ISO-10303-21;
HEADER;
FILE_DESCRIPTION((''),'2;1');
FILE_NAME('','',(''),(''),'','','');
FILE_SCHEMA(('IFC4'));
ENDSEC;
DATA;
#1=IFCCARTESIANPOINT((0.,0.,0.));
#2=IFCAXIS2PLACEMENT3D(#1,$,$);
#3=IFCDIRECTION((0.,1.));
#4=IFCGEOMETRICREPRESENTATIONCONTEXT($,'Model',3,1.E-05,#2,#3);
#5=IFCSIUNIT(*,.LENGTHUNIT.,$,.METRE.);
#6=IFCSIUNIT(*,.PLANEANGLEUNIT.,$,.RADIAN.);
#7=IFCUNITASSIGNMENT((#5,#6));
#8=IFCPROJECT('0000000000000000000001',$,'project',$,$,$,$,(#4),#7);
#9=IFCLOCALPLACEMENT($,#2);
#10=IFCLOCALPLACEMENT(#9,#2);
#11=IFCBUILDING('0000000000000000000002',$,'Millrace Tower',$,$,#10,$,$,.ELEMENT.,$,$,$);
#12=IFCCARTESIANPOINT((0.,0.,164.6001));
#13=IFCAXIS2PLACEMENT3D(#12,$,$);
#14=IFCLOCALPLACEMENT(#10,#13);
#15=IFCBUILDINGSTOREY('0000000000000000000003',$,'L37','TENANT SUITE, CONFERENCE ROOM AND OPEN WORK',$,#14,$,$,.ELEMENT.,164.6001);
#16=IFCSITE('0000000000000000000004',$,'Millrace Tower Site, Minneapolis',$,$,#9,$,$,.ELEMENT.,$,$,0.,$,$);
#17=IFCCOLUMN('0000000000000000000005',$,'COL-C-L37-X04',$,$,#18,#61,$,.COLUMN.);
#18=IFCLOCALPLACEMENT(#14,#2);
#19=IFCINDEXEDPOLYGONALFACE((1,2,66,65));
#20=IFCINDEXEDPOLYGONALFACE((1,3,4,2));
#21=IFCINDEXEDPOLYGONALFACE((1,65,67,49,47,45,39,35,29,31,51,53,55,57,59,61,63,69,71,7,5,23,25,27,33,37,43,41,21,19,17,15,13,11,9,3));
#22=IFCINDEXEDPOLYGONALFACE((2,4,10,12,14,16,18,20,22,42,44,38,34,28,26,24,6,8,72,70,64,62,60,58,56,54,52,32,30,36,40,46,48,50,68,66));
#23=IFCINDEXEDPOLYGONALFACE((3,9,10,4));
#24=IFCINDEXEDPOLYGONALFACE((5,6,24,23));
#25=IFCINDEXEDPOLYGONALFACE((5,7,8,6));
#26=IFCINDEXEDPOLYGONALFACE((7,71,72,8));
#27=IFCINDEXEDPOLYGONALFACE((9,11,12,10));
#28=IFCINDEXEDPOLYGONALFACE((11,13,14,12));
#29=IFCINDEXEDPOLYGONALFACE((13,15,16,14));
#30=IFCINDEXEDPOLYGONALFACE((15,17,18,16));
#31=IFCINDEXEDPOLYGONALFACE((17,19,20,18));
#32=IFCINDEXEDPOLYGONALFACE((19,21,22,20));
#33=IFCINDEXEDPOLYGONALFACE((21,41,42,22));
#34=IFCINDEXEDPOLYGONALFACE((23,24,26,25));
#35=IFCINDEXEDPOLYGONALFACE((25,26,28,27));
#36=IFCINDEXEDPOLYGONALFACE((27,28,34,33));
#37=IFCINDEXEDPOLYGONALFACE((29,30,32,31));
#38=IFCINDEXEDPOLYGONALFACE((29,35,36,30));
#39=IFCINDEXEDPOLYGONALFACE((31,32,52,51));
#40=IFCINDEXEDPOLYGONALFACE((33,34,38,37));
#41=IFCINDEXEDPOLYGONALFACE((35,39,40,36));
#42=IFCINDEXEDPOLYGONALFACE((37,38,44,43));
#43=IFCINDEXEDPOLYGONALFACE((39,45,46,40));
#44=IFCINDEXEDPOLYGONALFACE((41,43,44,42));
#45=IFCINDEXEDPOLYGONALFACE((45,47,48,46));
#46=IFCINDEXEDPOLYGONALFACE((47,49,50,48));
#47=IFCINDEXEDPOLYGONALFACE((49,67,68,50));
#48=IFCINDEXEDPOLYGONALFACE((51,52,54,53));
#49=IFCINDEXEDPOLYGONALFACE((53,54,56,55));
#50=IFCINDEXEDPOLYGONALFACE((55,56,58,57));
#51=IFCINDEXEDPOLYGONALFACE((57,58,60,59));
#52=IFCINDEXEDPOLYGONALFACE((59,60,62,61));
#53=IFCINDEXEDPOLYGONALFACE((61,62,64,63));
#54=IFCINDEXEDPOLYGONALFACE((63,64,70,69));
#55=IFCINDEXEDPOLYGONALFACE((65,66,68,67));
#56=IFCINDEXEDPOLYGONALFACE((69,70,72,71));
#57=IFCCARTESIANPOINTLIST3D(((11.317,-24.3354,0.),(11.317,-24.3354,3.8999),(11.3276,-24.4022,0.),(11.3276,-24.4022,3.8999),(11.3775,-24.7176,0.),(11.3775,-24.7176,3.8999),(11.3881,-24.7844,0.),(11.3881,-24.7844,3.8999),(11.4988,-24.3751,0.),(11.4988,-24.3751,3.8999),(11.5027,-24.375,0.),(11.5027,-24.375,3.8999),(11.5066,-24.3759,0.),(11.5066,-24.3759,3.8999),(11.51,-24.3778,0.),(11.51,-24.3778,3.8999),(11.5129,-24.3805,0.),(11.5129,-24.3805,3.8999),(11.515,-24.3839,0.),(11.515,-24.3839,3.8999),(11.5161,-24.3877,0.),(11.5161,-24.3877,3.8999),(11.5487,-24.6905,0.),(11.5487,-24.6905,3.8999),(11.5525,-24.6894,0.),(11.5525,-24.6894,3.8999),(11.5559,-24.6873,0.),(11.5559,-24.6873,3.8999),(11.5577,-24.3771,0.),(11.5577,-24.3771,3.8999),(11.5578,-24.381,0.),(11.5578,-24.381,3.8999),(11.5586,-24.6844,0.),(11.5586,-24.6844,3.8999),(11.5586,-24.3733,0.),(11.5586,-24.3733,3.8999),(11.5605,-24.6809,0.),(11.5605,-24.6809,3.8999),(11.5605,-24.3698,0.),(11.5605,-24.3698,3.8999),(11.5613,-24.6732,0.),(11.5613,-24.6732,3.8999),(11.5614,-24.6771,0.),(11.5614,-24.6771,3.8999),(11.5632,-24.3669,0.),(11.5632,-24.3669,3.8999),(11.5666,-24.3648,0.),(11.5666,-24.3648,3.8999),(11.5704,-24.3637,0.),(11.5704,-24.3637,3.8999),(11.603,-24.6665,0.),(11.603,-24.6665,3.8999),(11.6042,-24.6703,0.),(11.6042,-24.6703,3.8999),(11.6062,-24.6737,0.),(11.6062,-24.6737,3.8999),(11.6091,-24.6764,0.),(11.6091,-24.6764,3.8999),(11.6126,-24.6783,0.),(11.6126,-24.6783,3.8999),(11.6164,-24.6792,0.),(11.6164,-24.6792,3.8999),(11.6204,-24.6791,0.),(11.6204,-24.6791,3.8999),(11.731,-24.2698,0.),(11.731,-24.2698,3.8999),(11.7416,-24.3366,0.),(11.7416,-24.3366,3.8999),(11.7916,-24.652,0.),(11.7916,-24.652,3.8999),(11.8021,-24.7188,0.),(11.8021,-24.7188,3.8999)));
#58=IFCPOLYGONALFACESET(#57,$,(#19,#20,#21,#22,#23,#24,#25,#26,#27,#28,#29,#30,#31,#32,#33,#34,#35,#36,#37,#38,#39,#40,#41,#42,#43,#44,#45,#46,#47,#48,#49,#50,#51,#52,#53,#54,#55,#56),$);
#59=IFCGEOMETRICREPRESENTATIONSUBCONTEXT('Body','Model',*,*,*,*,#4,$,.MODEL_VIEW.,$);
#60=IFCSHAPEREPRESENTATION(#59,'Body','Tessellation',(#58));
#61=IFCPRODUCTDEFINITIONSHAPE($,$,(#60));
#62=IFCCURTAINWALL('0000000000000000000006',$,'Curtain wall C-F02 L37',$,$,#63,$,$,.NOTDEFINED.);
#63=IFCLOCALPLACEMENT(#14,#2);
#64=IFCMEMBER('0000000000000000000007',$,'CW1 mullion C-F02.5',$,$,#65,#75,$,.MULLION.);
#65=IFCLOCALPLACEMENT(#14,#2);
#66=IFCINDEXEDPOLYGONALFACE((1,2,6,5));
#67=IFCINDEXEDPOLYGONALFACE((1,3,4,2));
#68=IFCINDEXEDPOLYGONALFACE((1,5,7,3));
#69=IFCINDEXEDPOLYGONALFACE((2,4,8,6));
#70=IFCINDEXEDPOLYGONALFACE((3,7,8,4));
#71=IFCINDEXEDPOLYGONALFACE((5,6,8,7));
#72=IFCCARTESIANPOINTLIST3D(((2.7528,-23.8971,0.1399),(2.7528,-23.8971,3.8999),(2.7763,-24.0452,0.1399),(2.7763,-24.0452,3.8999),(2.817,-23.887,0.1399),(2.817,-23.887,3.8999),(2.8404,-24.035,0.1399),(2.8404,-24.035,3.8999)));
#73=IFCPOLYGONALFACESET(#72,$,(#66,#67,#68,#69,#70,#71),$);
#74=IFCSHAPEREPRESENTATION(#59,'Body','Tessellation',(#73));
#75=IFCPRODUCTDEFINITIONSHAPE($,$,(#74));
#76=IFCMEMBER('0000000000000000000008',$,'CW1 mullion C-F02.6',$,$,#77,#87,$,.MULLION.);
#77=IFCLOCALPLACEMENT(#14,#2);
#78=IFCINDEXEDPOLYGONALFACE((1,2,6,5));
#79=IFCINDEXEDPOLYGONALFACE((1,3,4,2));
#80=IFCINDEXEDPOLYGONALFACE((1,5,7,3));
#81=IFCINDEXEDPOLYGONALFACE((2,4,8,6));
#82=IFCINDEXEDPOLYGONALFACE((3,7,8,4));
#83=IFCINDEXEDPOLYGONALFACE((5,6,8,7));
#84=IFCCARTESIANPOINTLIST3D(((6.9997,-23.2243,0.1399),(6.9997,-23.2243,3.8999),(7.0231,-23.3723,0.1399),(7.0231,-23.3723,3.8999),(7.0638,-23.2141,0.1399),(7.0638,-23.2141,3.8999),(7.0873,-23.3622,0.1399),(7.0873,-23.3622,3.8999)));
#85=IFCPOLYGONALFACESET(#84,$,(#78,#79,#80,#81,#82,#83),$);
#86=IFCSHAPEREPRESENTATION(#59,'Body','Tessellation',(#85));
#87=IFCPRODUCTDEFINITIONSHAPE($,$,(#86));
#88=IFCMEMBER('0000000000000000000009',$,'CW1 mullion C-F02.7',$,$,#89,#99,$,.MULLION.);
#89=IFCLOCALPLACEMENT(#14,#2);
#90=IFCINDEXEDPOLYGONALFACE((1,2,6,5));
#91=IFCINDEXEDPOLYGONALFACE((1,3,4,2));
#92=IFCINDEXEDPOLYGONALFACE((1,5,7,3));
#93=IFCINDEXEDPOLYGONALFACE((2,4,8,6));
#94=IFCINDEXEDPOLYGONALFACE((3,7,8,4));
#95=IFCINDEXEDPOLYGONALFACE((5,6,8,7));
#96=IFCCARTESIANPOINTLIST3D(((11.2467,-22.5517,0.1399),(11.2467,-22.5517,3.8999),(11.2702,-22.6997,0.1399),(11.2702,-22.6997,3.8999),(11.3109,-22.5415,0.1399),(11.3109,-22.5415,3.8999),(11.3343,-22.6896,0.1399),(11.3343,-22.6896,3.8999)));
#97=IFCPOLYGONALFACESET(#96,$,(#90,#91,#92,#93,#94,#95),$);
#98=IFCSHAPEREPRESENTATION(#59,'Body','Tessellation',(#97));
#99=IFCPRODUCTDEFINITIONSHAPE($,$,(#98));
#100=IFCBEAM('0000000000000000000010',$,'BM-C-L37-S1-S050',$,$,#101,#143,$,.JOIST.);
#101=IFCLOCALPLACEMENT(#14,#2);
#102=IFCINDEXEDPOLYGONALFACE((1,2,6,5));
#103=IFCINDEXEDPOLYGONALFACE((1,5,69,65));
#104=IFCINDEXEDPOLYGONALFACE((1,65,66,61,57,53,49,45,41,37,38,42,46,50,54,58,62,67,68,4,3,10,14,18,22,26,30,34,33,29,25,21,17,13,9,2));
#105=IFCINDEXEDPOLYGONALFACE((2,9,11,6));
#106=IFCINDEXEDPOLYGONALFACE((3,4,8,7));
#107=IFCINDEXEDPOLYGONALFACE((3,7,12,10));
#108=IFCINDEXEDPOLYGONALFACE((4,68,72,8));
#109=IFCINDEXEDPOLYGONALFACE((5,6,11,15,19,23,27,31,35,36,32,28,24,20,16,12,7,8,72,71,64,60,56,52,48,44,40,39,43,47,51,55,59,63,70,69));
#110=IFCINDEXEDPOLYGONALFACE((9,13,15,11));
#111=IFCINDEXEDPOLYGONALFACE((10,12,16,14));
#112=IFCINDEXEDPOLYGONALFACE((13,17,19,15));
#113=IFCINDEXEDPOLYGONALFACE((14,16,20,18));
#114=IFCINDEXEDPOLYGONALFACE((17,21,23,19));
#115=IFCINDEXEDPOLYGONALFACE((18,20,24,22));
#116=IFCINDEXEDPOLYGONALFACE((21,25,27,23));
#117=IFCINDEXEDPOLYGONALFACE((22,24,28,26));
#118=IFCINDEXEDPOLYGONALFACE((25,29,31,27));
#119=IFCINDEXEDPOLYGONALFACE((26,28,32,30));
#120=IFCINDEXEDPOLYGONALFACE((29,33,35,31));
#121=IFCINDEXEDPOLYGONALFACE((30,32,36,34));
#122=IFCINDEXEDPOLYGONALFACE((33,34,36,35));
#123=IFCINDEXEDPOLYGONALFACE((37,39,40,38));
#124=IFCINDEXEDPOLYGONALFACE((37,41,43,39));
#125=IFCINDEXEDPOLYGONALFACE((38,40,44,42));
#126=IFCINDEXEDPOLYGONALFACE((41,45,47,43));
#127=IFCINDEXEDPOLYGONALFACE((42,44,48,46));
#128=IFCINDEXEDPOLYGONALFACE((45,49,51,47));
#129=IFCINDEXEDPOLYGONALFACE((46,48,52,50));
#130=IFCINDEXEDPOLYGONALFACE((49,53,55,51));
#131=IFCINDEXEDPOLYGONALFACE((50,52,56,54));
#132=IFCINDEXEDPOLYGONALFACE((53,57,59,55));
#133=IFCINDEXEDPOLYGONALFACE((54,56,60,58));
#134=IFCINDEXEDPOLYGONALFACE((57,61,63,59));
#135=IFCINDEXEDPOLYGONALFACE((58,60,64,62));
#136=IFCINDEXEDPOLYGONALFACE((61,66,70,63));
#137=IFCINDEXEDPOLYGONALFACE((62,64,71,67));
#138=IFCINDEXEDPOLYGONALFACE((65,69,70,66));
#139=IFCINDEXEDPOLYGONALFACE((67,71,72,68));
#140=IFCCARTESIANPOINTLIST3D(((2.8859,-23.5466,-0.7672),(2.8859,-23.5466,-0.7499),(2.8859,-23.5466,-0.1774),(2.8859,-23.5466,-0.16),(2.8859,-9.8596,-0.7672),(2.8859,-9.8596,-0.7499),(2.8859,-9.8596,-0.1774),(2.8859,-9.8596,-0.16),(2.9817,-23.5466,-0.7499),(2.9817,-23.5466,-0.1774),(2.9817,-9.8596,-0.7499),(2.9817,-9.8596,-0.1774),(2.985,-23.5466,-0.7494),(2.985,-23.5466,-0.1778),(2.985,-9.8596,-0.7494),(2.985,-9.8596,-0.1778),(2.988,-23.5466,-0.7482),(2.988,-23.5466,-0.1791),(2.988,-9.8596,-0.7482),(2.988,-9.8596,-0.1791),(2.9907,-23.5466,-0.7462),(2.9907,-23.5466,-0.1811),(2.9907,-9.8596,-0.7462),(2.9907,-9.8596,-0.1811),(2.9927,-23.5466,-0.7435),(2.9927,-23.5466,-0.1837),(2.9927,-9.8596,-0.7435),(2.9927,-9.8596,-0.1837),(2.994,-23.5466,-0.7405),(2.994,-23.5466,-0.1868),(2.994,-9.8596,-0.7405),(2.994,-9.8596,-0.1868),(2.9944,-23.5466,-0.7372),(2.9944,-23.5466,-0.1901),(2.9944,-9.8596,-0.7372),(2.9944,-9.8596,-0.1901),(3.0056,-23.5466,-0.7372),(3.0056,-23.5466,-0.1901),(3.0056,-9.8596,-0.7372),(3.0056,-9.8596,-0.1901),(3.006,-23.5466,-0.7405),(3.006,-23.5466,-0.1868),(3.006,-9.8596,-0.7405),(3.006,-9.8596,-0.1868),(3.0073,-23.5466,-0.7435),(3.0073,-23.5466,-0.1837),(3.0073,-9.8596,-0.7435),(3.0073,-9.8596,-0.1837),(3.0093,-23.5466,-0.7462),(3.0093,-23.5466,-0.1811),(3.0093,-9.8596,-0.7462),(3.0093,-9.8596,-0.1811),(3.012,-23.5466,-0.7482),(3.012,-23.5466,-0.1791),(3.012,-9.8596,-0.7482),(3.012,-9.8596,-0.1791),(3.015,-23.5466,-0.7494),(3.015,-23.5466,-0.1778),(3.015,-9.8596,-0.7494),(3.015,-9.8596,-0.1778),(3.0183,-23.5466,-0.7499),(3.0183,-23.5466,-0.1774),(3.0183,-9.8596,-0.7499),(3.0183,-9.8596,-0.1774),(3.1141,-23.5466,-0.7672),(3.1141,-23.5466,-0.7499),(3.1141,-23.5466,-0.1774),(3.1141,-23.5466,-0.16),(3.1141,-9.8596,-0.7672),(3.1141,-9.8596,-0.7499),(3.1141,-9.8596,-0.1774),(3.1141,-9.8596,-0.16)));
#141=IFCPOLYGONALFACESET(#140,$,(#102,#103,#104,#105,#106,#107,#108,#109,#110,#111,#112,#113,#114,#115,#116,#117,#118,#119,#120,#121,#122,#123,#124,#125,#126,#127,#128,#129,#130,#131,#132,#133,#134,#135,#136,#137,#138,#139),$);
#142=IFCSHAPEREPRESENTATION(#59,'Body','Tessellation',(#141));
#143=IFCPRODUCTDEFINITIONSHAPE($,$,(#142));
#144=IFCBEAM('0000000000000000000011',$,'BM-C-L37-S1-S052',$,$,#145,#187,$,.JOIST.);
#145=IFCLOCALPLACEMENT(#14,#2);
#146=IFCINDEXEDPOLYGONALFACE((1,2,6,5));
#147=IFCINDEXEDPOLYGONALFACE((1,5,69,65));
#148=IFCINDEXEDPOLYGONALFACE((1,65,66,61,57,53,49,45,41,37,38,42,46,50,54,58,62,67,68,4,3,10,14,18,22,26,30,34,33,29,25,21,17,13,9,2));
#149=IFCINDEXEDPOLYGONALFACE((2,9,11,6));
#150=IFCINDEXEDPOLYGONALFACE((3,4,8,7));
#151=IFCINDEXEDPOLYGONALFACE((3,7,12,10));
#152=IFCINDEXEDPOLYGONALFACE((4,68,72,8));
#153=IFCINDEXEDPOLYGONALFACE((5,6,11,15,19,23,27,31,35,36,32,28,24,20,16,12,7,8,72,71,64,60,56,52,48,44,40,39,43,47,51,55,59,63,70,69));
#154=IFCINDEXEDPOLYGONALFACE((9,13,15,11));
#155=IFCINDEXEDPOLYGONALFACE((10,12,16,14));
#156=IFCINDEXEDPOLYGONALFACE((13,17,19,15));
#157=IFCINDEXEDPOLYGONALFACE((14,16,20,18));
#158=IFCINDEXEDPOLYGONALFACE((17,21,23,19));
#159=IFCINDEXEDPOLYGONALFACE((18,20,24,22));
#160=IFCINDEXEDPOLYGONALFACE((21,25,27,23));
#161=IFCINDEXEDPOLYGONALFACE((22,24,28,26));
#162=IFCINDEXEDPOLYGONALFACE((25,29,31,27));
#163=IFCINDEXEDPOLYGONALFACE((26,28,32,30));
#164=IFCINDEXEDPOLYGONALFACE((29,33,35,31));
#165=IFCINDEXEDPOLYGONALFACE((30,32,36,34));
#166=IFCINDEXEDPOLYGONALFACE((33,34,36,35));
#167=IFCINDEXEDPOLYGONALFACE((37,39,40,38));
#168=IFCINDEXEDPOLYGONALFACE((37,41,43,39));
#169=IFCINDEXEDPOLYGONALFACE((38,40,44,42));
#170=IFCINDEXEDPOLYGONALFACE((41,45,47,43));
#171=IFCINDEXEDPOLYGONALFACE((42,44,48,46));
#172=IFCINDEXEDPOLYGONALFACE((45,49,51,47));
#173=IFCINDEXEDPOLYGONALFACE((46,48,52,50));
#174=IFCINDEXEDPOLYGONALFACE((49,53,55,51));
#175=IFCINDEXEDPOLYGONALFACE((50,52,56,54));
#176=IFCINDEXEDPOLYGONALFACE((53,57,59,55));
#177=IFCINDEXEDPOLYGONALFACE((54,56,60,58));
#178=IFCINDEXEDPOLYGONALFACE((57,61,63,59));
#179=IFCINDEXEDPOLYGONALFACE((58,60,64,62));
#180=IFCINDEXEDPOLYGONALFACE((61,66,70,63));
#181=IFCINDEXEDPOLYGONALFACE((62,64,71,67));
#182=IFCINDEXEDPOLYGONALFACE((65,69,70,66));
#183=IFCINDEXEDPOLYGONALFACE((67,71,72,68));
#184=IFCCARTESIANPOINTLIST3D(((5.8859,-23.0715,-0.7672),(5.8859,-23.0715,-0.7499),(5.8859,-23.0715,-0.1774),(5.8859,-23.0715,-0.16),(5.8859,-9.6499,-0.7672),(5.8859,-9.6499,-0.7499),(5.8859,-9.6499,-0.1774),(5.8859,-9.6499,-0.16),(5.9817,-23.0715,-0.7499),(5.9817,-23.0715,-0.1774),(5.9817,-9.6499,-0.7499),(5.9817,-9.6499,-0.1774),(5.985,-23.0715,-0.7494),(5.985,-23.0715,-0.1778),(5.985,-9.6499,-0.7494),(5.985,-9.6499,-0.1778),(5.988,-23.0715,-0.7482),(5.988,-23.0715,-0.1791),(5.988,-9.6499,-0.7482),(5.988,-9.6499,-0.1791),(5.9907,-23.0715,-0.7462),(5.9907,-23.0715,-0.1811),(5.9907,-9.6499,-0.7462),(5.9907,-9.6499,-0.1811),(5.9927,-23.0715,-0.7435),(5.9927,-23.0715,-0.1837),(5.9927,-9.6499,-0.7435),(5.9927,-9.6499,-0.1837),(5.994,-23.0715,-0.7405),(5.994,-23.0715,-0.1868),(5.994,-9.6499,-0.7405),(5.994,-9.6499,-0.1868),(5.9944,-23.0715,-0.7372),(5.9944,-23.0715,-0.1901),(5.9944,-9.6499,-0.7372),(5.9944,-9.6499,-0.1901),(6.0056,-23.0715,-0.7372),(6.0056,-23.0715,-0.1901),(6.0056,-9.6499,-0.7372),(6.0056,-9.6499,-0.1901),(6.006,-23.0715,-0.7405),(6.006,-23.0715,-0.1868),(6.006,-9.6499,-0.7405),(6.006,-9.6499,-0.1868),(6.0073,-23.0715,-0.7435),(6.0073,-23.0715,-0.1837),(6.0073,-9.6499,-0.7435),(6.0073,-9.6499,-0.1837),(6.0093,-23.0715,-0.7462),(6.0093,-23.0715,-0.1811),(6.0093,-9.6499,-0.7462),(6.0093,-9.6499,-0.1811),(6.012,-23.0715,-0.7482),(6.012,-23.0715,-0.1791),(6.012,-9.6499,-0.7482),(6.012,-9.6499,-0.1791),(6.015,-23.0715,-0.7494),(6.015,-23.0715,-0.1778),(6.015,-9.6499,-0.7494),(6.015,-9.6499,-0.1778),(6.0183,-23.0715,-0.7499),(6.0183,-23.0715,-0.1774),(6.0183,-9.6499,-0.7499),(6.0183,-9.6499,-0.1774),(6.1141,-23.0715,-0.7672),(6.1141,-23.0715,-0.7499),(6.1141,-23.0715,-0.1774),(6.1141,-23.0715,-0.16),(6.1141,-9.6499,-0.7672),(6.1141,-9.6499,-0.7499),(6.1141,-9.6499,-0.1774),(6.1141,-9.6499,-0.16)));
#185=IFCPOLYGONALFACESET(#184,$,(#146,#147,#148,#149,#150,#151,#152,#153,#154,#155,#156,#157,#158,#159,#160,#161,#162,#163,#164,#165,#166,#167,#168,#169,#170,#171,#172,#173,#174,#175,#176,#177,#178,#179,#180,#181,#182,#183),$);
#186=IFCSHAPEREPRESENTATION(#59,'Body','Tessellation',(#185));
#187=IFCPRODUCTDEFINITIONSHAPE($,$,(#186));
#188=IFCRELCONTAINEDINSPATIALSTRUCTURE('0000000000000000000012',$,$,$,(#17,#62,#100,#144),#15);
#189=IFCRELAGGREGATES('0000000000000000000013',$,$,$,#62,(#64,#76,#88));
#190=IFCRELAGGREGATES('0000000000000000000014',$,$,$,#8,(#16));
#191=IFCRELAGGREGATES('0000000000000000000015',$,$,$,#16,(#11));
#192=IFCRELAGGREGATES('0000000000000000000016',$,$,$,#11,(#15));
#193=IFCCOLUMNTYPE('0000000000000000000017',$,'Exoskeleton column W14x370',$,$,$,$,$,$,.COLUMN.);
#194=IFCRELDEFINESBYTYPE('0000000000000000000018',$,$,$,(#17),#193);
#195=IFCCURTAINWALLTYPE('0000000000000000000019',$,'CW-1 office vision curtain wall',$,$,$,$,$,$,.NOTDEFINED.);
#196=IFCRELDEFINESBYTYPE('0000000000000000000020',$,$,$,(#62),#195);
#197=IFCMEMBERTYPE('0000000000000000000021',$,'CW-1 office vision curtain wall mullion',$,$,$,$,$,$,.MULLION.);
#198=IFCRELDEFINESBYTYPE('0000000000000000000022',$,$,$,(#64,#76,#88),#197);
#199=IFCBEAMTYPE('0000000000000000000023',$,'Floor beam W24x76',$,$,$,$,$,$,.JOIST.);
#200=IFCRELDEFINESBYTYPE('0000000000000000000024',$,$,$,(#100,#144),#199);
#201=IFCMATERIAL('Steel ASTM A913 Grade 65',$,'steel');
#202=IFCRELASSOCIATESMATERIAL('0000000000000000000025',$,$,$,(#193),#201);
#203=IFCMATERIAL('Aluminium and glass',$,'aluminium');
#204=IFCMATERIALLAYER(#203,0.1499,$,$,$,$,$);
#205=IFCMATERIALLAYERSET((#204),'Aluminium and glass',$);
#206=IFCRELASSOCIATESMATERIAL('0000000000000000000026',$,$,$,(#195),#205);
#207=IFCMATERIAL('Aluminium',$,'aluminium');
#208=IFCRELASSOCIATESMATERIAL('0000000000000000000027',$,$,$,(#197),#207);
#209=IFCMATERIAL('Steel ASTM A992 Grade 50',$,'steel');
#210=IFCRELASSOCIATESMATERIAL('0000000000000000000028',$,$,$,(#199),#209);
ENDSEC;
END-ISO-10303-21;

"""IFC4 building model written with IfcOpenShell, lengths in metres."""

from ifc_helpers import new_model, si_unit, direction, frame, origin, origin_2d, place, context, subcontext, project, spatial, rectangle, i_section, extrude, material, layer, layer_set, material_profile, profile_set, type_object, element, aggregate, save


model = new_model("IFC4")

# Units and contexts
model_context = context("Model", 3, precision=1e-05, world=origin(), true_north=direction((0.0, 1.0)))
body_context = subcontext(model_context, "Body", "Model", "MODEL_VIEW")
ifc_project = project(units=[si_unit("LENGTHUNIT", "METRE"), si_unit("PLANEANGLEUNIT", "RADIAN")], contexts=[model_context])

# Site, building, storey
site_placement = place(None, origin())
site = spatial("IfcSite", under=ifc_project, at=site_placement, Name="Millrace Tower Site, Minneapolis", CompositionType="ELEMENT", RefElevation=0.0)
building_placement = place(site_placement, origin())
building = spatial("IfcBuilding", under=site, at=building_placement, Name="Millrace Tower", CompositionType="ELEMENT")
storey_placement = place(building_placement, frame((0.0, 0.0, 164.6001)))
storey = spatial("IfcBuildingStorey", under=building, at=storey_placement, Name="L37", Description="TENANT SUITE, CONFERENCE ROOM AND OPEN WORK", CompositionType="ELEMENT", Elevation=164.6001)

# Column
ifc_material_1 = material(Name="Steel ASTM A913 Grade 65", Category="steel")
ifc_material_profile_1 = material_profile(ifc_material_1, i_section(OverallWidth=0.4192, OverallDepth=0.4546, WebThickness=0.0422, FlangeThickness=0.0676, FilletRadius=0.0151, at=origin_2d()))
ifc_profile_set_1 = profile_set([ifc_material_profile_1], Name="Steel ASTM A913 Grade 65")
column_type = type_object("IfcColumnType", Name="Exoskeleton column W14x370", PredefinedType="COLUMN", material=ifc_profile_set_1)
column_placement = place(storey_placement, frame((11.5596, -24.5271, 0.0), z_axis=(0.0, 0.0, 1.0), x_axis=(0.987688, 0.156434, 0.0)))
element("IfcColumn", 1, at=column_placement, inside=storey, type_object=column_type, Name="COL-C-L37-X04", PredefinedType="COLUMN", context=body_context, shape_type="SweptSolid", body=[
    extrude(i_section(OverallWidth=0.4192, OverallDepth=0.4546, WebThickness=0.0422, FlangeThickness=0.0676, FilletRadius=0.0151, at=origin_2d()), origin(), (0.0, 0.0, 1.0), 3.8999),
])

# Curtain wall, members
ifc_material_2 = material(Name="Aluminium and glass", Category="aluminium")
ifc_layer_1 = layer(ifc_material_2, 0.1499)
ifc_layer_set_1 = layer_set([ifc_layer_1], Name="Aluminium and glass")
curtain_wall_type = type_object("IfcCurtainWallType", Name="CW-1 office vision curtain wall", PredefinedType="NOTDEFINED", material=ifc_layer_set_1)
placement = place(storey_placement, origin())
curtain_wall = element("IfcCurtainWall", 2, at=placement, inside=storey, type_object=curtain_wall_type, Name="Curtain wall C-F02 L37", PredefinedType="NOTDEFINED")
ifc_material_3 = material(Name="Aluminium", Category="aluminium")
ifc_material_profile_2 = material_profile(ifc_material_3, rectangle(XDim=0.0649, YDim=0.1499, at=origin_2d()))
ifc_profile_set_2 = profile_set([ifc_material_profile_2], Name="Aluminium")
member_type = type_object("IfcMemberType", Name="CW-1 office vision curtain wall mullion", PredefinedType="MULLION", material=ifc_profile_set_2)
member_1_placement = place(storey_placement, frame((2.7966, -23.9661, 0.1399), z_axis=(0.0, 0.0, 1.0), x_axis=(0.987688, 0.156434, 0.0)))
member_1 = element("IfcMember", 3, at=member_1_placement, type_object=member_type, Name="CW1 mullion C-F02.5", PredefinedType="MULLION", context=body_context, shape_type="SweptSolid", body=[
    extrude(rectangle(XDim=0.0649, YDim=0.1499, at=origin_2d()), origin(), (0.0, 0.0, 1.0), 3.76),
])
member_2_placement = place(storey_placement, frame((7.0435, -23.2932, 0.1399), z_axis=(0.0, 0.0, 1.0), x_axis=(0.987688, 0.156434, 0.0)))
member_2 = element("IfcMember", 4, at=member_2_placement, type_object=member_type, Name="CW1 mullion C-F02.6", PredefinedType="MULLION", context=body_context, shape_type="SweptSolid", body=[
    extrude(rectangle(XDim=0.0649, YDim=0.1499, at=origin_2d()), origin(), (0.0, 0.0, 1.0), 3.76),
])
member_3_placement = place(storey_placement, frame((11.2905, -22.6206, 0.1399), z_axis=(0.0, 0.0, 1.0), x_axis=(0.987688, 0.156434, 0.0)))
member_3 = element("IfcMember", 5, at=member_3_placement, type_object=member_type, Name="CW1 mullion C-F02.7", PredefinedType="MULLION", context=body_context, shape_type="SweptSolid", body=[
    extrude(rectangle(XDim=0.0649, YDim=0.1499, at=origin_2d()), origin(), (0.0, 0.0, 1.0), 3.76),
])
aggregate(curtain_wall, [member_1, member_2, member_3])

# Beams
ifc_material_4 = material(Name="Steel ASTM A992 Grade 50", Category="steel")
ifc_material_profile_3 = material_profile(ifc_material_4, i_section(OverallWidth=0.2283, OverallDepth=0.6072, WebThickness=0.0112, FlangeThickness=0.0173, FilletRadius=0.0127, at=origin_2d()))
ifc_profile_set_3 = profile_set([ifc_material_profile_3], Name="Steel ASTM A992 Grade 50")
beam_type_1 = type_object("IfcBeamType", Name="Floor beam W24x76", PredefinedType="JOIST", material=ifc_profile_set_3)
beam_1_placement = place(storey_placement, frame((3.0, -23.5466, -0.4636), z_axis=(0.0, 1.0, 0.0), x_axis=(-1.0, 0.0, 0.0)))
element("IfcBeam", 6, at=beam_1_placement, inside=storey, type_object=beam_type_1, Name="BM-C-L37-S1-S050", PredefinedType="JOIST", context=body_context, shape_type="SweptSolid", body=[
    extrude(i_section(OverallWidth=0.2283, OverallDepth=0.6072, WebThickness=0.0112, FlangeThickness=0.0173, FilletRadius=0.0127, at=origin_2d()), origin(), (0.0, 0.0, 1.0), 13.687),
])
beam_2_placement = place(storey_placement, frame((6.0, -23.0715, -0.4636), z_axis=(0.0, 1.0, 0.0), x_axis=(-1.0, 0.0, 0.0)))
element("IfcBeam", 7, at=beam_2_placement, inside=storey, type_object=beam_type_1, Name="BM-C-L37-S1-S052", PredefinedType="JOIST", context=body_context, shape_type="SweptSolid", body=[
    extrude(i_section(OverallWidth=0.2283, OverallDepth=0.6072, WebThickness=0.0112, FlangeThickness=0.0173, FilletRadius=0.0127, at=origin_2d()), origin(), (0.0, 0.0, 1.0), 13.4216),
])

save(model, "model.ifc")
